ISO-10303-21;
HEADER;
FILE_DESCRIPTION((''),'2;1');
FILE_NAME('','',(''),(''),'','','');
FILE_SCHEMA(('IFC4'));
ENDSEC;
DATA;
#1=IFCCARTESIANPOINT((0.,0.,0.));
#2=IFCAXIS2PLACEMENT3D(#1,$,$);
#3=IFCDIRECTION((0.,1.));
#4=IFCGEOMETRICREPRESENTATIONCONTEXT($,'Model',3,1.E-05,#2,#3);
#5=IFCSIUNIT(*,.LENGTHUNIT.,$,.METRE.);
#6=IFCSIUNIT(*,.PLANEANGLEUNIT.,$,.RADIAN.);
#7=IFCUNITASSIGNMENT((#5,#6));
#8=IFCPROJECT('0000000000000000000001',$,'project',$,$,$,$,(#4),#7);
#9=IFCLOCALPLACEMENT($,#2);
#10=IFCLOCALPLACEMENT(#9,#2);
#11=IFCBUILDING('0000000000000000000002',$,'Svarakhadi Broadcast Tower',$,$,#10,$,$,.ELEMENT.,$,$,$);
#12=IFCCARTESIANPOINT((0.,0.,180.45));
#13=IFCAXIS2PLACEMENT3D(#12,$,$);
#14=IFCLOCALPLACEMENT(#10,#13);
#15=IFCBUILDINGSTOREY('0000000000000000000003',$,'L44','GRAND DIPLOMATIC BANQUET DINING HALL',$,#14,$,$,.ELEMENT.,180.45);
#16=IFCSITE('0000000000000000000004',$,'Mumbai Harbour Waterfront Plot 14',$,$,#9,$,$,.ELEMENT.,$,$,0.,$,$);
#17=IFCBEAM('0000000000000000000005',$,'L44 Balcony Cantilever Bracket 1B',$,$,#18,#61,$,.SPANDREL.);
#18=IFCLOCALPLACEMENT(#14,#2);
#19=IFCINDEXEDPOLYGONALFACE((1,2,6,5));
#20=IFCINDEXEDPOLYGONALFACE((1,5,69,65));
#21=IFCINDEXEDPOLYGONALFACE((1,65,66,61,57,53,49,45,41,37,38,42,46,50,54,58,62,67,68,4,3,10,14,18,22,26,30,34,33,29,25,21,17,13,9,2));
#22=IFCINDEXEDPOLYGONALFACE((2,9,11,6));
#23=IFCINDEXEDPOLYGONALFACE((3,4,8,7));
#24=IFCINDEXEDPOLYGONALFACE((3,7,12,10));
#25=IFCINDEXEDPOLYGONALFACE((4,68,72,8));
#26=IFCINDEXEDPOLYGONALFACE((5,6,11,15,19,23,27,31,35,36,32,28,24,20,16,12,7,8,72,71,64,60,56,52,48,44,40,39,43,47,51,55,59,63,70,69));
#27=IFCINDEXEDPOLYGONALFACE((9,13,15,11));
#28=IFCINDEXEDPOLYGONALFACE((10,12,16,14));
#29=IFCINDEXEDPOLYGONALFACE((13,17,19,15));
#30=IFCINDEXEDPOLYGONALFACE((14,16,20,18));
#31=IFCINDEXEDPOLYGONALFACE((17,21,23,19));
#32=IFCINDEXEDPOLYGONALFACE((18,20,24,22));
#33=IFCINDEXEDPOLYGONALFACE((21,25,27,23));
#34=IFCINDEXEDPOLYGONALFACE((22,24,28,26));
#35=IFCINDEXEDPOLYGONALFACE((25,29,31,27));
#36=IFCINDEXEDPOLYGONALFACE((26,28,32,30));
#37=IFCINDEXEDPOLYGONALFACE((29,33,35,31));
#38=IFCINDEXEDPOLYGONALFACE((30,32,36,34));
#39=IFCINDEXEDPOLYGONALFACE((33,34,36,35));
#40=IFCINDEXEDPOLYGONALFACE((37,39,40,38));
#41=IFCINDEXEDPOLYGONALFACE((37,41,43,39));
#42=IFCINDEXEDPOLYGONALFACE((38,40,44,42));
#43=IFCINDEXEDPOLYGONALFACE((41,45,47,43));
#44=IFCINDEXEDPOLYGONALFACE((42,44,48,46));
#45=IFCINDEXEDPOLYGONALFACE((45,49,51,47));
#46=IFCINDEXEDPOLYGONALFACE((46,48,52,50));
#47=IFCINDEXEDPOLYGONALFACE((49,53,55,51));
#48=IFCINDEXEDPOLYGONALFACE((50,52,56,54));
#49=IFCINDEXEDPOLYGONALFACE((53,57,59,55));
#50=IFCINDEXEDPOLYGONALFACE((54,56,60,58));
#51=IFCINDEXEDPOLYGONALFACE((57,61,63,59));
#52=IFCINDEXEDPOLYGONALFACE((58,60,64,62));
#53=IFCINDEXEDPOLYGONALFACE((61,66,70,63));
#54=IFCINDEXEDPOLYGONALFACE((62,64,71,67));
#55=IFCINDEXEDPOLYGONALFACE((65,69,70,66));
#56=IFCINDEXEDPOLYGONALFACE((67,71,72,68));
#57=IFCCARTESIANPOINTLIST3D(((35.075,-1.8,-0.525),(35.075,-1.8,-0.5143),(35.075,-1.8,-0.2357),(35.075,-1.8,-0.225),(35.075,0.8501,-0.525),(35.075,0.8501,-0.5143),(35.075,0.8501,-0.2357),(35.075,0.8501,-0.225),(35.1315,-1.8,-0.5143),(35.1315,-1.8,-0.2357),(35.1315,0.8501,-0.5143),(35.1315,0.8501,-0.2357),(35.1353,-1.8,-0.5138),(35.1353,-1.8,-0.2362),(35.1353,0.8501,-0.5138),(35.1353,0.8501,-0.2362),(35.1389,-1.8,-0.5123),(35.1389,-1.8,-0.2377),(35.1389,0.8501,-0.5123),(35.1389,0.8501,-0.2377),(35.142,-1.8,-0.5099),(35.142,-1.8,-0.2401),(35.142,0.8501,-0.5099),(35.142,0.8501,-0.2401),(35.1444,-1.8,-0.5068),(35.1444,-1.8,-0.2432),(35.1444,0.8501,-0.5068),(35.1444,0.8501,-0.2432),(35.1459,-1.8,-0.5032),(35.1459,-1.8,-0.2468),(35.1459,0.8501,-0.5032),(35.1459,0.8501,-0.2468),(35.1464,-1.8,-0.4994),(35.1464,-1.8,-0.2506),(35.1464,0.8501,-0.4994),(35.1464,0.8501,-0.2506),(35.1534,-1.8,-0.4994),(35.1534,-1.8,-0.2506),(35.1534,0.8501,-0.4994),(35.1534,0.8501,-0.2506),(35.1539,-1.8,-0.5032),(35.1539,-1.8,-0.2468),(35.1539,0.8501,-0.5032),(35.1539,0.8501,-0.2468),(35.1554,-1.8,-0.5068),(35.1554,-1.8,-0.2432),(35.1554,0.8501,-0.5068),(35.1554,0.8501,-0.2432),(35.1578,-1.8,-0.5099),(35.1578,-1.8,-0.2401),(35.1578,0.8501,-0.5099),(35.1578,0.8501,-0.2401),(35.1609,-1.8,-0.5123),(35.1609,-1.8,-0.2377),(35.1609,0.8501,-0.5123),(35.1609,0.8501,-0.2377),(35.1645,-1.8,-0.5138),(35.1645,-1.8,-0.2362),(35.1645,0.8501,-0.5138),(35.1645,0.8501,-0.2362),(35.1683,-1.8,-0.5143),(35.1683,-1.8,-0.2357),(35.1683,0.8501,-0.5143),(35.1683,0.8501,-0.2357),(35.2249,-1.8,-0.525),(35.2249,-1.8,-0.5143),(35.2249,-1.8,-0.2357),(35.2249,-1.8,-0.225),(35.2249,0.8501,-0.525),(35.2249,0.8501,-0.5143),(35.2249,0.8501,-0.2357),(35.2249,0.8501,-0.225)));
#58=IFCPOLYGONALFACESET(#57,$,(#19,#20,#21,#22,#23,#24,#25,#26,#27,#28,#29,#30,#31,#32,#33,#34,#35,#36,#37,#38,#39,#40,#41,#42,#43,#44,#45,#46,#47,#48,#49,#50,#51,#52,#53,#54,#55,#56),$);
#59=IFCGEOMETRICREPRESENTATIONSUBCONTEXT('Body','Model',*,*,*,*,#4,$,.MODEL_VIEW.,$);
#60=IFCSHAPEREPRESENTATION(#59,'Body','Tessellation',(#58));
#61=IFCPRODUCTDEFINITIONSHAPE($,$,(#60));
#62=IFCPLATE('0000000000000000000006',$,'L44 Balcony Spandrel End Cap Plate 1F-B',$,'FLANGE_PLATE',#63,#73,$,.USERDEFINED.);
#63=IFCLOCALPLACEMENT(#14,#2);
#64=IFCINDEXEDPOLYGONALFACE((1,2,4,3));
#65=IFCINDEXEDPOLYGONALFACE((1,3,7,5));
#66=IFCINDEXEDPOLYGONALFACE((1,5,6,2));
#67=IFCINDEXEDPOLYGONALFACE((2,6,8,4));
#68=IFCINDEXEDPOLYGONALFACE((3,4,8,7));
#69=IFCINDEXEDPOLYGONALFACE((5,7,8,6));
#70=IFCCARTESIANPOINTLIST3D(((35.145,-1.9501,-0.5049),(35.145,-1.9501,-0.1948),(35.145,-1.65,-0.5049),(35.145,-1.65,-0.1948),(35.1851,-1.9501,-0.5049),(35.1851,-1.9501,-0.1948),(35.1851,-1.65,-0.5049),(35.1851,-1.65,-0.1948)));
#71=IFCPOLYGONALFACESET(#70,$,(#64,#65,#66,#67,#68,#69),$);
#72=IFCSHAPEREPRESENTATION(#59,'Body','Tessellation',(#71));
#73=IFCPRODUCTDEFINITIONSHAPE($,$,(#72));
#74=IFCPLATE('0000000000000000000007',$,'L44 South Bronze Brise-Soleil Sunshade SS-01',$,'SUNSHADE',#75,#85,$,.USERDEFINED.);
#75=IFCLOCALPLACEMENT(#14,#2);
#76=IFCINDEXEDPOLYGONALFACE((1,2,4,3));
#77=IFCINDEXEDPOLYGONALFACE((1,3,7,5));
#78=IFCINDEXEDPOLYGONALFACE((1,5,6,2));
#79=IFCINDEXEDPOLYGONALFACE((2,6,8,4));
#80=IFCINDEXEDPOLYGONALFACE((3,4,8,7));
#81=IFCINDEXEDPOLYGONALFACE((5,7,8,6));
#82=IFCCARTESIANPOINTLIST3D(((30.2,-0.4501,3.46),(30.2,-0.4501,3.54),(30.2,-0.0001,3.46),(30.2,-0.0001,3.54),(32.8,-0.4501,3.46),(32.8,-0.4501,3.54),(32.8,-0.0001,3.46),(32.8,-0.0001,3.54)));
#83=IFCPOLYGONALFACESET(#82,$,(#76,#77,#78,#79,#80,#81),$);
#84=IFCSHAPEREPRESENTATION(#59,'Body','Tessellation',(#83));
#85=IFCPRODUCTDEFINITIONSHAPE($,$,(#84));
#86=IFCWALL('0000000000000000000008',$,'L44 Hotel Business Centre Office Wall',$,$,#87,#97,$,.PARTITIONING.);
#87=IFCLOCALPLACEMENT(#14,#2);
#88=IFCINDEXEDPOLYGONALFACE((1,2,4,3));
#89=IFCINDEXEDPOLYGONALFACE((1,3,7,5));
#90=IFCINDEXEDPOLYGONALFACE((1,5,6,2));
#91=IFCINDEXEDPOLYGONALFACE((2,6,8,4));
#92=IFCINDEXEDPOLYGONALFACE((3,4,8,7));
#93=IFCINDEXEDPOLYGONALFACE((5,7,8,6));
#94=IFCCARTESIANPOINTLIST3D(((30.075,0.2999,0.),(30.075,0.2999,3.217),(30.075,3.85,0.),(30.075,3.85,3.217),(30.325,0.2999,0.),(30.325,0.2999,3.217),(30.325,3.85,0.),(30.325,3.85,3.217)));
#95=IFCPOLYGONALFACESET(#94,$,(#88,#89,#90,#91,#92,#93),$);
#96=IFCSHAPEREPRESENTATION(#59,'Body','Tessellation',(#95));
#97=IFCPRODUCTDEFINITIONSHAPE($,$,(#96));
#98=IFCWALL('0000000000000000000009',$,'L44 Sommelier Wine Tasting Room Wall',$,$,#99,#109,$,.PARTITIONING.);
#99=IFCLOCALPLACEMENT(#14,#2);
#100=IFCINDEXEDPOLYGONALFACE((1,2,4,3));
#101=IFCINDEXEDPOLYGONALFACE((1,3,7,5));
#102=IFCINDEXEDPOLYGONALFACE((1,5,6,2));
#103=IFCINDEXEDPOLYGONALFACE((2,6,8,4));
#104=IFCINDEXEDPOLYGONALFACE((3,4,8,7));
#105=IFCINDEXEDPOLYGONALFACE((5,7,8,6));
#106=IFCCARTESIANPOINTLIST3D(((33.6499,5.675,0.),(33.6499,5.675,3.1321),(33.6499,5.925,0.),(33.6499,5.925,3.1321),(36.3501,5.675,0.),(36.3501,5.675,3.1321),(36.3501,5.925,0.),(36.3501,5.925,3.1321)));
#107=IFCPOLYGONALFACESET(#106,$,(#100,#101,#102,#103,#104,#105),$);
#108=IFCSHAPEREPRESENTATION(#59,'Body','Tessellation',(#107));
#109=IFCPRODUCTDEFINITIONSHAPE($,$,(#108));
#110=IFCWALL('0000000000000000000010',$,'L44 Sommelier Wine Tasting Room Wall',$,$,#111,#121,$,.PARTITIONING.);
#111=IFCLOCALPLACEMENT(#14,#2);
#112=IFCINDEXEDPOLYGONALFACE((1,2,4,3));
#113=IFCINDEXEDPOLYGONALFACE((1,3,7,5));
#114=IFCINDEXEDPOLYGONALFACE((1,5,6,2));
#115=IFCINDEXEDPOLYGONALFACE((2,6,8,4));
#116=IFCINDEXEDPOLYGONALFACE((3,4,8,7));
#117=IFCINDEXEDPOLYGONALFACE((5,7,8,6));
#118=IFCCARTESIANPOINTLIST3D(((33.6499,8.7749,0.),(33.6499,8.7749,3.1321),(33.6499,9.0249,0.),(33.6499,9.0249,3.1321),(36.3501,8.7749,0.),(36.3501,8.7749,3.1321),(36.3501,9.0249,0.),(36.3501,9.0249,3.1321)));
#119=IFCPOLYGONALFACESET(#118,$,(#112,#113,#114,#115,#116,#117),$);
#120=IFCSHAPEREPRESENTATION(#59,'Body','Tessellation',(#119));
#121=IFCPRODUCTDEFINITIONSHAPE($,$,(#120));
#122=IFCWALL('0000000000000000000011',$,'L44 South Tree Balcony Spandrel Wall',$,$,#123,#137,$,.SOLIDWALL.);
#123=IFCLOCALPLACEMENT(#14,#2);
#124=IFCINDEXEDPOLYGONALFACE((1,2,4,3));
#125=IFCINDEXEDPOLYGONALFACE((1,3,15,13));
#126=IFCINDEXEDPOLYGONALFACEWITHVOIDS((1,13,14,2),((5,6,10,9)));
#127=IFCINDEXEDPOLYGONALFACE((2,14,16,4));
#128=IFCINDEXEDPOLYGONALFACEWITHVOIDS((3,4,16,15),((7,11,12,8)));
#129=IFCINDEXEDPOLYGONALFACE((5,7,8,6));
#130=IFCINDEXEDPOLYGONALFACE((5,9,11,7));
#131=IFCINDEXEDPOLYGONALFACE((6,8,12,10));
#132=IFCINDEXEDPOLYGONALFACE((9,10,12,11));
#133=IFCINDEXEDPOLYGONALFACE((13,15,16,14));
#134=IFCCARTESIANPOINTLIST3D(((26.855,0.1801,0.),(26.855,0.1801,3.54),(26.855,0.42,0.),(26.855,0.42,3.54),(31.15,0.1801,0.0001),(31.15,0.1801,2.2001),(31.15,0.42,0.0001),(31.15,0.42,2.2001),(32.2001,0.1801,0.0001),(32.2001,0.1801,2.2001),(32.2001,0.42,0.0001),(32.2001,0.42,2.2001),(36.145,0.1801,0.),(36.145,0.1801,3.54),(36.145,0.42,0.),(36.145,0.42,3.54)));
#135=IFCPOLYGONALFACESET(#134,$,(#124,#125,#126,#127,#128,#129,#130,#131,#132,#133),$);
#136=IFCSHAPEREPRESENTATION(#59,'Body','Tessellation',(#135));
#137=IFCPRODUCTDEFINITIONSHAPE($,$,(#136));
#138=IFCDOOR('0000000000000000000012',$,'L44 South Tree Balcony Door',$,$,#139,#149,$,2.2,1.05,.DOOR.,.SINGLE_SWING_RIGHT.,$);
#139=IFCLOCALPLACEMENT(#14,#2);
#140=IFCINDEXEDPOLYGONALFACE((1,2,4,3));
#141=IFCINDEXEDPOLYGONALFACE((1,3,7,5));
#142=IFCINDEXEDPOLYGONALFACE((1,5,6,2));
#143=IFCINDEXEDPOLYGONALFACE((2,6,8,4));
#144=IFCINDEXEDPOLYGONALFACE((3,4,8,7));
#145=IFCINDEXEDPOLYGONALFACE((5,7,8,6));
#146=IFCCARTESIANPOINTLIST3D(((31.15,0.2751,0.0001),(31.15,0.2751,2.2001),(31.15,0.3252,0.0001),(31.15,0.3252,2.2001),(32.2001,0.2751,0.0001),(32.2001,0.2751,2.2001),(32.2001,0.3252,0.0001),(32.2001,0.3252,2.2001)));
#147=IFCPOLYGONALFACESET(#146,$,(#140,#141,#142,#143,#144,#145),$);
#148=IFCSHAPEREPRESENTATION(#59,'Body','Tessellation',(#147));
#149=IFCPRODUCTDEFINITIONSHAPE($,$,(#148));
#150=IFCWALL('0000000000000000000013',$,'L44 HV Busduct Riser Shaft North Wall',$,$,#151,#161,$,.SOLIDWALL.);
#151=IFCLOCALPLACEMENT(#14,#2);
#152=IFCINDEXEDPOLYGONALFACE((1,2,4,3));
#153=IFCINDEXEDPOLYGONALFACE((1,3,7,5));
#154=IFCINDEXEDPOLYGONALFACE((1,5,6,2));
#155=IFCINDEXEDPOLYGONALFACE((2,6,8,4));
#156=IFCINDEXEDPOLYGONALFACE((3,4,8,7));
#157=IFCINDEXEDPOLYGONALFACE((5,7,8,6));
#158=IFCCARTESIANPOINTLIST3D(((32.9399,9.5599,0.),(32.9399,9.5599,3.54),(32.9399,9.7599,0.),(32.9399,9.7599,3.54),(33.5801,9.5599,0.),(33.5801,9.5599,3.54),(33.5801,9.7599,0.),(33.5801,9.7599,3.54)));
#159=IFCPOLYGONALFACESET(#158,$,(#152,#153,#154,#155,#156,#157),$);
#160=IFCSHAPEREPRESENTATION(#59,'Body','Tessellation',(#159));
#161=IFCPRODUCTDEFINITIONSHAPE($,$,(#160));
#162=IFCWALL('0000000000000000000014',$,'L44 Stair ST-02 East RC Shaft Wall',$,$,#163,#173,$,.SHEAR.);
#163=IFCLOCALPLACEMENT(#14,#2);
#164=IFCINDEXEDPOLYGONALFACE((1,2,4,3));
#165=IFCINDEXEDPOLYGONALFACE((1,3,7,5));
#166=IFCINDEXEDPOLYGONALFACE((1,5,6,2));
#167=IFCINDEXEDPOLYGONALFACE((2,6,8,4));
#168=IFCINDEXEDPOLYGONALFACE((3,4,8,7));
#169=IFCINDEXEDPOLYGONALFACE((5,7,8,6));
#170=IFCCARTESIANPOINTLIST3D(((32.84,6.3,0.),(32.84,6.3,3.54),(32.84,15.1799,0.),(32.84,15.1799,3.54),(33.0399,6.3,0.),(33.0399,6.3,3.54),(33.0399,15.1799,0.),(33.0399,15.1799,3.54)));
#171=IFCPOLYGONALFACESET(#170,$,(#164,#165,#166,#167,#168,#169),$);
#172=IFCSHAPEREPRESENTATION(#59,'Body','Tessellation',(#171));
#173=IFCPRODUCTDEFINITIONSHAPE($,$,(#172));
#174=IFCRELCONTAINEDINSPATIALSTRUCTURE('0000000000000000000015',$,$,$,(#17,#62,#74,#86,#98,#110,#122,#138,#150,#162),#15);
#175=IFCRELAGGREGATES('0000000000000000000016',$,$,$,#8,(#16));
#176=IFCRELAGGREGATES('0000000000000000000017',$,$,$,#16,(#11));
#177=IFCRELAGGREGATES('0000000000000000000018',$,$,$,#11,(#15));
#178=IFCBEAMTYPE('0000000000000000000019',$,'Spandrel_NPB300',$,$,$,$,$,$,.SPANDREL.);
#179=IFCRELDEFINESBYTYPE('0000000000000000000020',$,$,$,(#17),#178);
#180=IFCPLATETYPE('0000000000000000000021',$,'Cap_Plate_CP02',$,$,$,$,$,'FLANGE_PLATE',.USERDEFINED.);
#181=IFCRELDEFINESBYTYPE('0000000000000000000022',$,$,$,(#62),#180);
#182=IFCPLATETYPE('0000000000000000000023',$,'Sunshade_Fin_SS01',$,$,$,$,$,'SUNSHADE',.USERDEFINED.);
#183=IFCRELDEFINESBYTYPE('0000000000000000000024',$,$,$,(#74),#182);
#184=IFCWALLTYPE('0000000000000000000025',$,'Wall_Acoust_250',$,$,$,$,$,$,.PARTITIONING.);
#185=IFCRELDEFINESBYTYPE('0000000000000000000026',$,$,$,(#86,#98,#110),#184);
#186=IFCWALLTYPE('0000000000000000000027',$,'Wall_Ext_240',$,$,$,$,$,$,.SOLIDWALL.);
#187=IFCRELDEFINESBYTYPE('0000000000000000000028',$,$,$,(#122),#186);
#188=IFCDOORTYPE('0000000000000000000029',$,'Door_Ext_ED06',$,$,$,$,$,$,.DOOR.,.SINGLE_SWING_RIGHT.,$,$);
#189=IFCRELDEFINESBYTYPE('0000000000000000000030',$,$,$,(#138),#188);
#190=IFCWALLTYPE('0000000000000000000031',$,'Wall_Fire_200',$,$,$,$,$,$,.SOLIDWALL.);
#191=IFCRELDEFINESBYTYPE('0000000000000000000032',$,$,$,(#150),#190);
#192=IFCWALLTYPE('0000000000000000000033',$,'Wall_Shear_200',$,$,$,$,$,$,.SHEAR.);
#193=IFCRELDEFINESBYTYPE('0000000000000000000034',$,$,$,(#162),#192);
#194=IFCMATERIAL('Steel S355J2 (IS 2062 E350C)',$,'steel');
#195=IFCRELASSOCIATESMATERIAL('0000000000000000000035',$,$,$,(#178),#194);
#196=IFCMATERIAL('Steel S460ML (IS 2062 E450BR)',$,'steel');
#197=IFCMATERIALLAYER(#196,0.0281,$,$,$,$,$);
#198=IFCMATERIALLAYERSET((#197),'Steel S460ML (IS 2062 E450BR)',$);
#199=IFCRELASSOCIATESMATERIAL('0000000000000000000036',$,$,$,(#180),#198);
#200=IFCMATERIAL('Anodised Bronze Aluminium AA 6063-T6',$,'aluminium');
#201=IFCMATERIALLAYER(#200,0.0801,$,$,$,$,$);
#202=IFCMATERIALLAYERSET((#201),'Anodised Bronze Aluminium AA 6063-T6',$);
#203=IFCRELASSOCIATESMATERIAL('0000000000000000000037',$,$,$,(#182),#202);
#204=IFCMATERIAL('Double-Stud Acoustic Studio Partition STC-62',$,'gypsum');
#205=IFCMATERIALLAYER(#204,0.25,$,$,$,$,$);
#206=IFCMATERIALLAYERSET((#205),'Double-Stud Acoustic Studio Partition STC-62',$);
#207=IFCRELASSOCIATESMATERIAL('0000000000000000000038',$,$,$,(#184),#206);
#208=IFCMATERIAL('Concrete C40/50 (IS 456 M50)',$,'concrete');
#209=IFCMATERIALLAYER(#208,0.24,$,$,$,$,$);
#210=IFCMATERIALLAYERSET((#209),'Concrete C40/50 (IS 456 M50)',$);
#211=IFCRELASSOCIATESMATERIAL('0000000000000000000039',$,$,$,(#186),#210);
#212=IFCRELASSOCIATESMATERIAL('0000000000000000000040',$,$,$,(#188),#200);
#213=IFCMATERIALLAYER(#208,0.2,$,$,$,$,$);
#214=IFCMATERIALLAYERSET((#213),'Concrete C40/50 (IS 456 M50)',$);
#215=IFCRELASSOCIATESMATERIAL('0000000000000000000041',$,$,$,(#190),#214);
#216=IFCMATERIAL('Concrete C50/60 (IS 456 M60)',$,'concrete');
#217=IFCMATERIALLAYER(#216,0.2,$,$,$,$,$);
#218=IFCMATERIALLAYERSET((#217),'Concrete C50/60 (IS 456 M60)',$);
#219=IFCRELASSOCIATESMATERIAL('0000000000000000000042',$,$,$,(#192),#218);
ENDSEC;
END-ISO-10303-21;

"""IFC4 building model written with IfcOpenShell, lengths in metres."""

from ifc_helpers import new_model, si_unit, direction, frame, frame_2d, origin, origin_2d, place, context, subcontext, project, spatial, rectangle, i_section, extrude, material, layer, layer_set, material_profile, profile_set, type_object, element, fill, save


model = new_model("IFC4")

# Units and contexts
model_context = context("Model", 3, precision=1e-05, world=origin(), true_north=direction((0.0, 1.0)))
body_context = subcontext(model_context, "Body", "Model", "MODEL_VIEW")
ifc_project = project(units=[si_unit("LENGTHUNIT", "METRE"), si_unit("PLANEANGLEUNIT", "RADIAN")], contexts=[model_context])

# Site, building, storey
site_placement = place(None, origin())
site = spatial("IfcSite", under=ifc_project, at=site_placement, Name="Mumbai Harbour Waterfront Plot 14", CompositionType="ELEMENT", RefElevation=0.0)
building_placement = place(site_placement, origin())
building = spatial("IfcBuilding", under=site, at=building_placement, Name="Svarakhadi Broadcast Tower", CompositionType="ELEMENT")
storey_placement = place(building_placement, frame((0.0, 0.0, 180.45)))
storey = spatial("IfcBuildingStorey", under=building, at=storey_placement, Name="L44", Description="GRAND DIPLOMATIC BANQUET DINING HALL", CompositionType="ELEMENT", Elevation=180.45)

# Shared definitions
ifc_material_1 = material(Name="Concrete C50/60 (IS 456 M60)", Category="concrete")
ifc_material_2 = material(Name="Steel S460ML (IS 2062 E450BR)", Category="steel")

# Shared definitions
ifc_material_3 = material(Name="Steel S355J2 (IS 2062 E350C)", Category="steel")

# Shared definitions
ifc_material_4 = material(Name="Anodised Bronze Aluminium AA 6063-T6", Category="aluminium")

# Beam
ifc_material_profile_1 = material_profile(ifc_material_3, i_section(OverallWidth=0.1499, OverallDepth=0.3, WebThickness=0.0071, FlangeThickness=0.0107, FilletRadius=0.0149, at=origin_2d()), Name="NPB 300x150x37")
ifc_profile_set_1 = profile_set([ifc_material_profile_1], Name="Steel S355J2 (IS 2062 E350C)")
beam_type_1 = type_object("IfcBeamType", Name="Spandrel_NPB300", PredefinedType="SPANDREL", material=ifc_profile_set_1)
beam_1_placement = place(storey_placement, frame((35.1499, 0.8501, -0.375), z_axis=(0.0, -1.0, 0.0), x_axis=(1.0, 0.0, 0.0)))
element("IfcBeam", 1, at=beam_1_placement, inside=storey, type_object=beam_type_1, Name="L44 Balcony Cantilever Bracket 1B", PredefinedType="SPANDREL", context=body_context, shape_type="SweptSolid", body=[
    extrude(i_section(OverallWidth=0.1499, OverallDepth=0.3, WebThickness=0.0071, FlangeThickness=0.0107, FilletRadius=0.0149, at=origin_2d()), origin(), (0.0, 0.0, 1.0), 2.6501),
])

# Plates
ifc_layer_1 = layer(ifc_material_2, 0.0281)
ifc_layer_set_1 = layer_set([ifc_layer_1], Name="Steel S460ML (IS 2062 E450BR)")
plate_type_1 = type_object("IfcPlateType", Name="Cap_Plate_CP02", ElementType="FLANGE_PLATE", PredefinedType="USERDEFINED", material=ifc_layer_set_1)
plate_1_placement = place(storey_placement, frame((35.165, -1.8, -0.5049), z_axis=(0.0, 0.0, 1.0), x_axis=(1.0, 0.0, 0.0)))
element("IfcPlate", 2, at=plate_1_placement, inside=storey, type_object=plate_type_1, Name="L44 Balcony Spandrel End Cap Plate 1F-B", ObjectType="FLANGE_PLATE", PredefinedType="USERDEFINED", context=body_context, shape_type="SweptSolid", body=[
    extrude(rectangle(XDim=0.04, YDim=0.3, at=origin_2d()), origin(), (0.0, 0.0, 1.0), 0.3101),
])
ifc_layer_2 = layer(ifc_material_4, 0.0801)
ifc_layer_set_2 = layer_set([ifc_layer_2], Name="Anodised Bronze Aluminium AA 6063-T6")
plate_type_2 = type_object("IfcPlateType", Name="Sunshade_Fin_SS01", ElementType="SUNSHADE", PredefinedType="USERDEFINED", material=ifc_layer_set_2)
plate_2_placement = place(storey_placement, frame((31.5, -0.2251, 3.46), z_axis=(0.0, 0.0, 1.0), x_axis=(1.0, 0.0, 0.0)))
element("IfcPlate", 3, at=plate_2_placement, inside=storey, type_object=plate_type_2, Name="L44 South Bronze Brise-Soleil Sunshade SS-01", ObjectType="SUNSHADE", PredefinedType="USERDEFINED", context=body_context, shape_type="SweptSolid", body=[
    extrude(rectangle(XDim=2.6001, YDim=0.45, at=origin_2d()), origin(), (0.0, 0.0, 1.0), 0.0801),
])

# Walls
ifc_material_5 = material(Name="Double-Stud Acoustic Studio Partition STC-62", Category="gypsum")
ifc_layer_3 = layer(ifc_material_5, 0.25)
ifc_layer_set_3 = layer_set([ifc_layer_3], Name="Double-Stud Acoustic Studio Partition STC-62")
wall_type_1 = type_object("IfcWallType", Name="Wall_Acoust_250", PredefinedType="PARTITIONING", material=ifc_layer_set_3)
wall_1_placement = place(storey_placement, frame((30.2, 0.3, 0.0), z_axis=(0.0, 0.0, 1.0), x_axis=(0.0, 1.0, 0.0)))
element("IfcWall", 4, at=wall_1_placement, inside=storey, type_object=wall_type_1, Name="L44 Hotel Business Centre Office Wall", PredefinedType="PARTITIONING", context=body_context, shape_type="SweptSolid", body=[
    extrude(rectangle(XDim=3.55, YDim=0.25, at=frame_2d((1.7749, 0.0))), origin(), (0.0, 0.0, 1.0), 3.217),
])
for number, where, z_axis, x_axis, name in (
    (5, (33.6499, 5.8, 0.0), (0.0, 0.0, 1.0), (1.0, 0.0, 0.0), "L44 Sommelier Wine Tasting Room Wall"),
    (6, (33.6499, 8.8999, 0.0), (0.0, 0.0, 1.0), (1.0, 0.0, 0.0), "L44 Sommelier Wine Tasting Room Wall"),
):
    element("IfcWall", number, at=place(storey_placement, frame(where, z_axis=z_axis, x_axis=x_axis)), inside=storey, type_object=wall_type_1, Name=name, PredefinedType="PARTITIONING", context=body_context, shape_type="SweptSolid", body=[
        extrude(rectangle(XDim=2.7002, YDim=0.25, at=frame_2d((1.3501, 0.0))), origin(), (0.0, 0.0, 1.0), 3.1321),
    ])

# Wall, opening, door
ifc_material_6 = material(Name="Concrete C40/50 (IS 456 M50)", Category="concrete")
ifc_layer_4 = layer(ifc_material_6, 0.24)
ifc_layer_set_4 = layer_set([ifc_layer_4], Name="Concrete C40/50 (IS 456 M50)")
wall_type_2 = type_object("IfcWallType", Name="Wall_Ext_240", PredefinedType="SOLIDWALL", material=ifc_layer_set_4)
wall_2_placement = place(storey_placement, frame((36.145, 0.3, 0.0), z_axis=(0.0, 0.0, 1.0), x_axis=(-1.0, 0.0, 0.0)))
wall_2 = element("IfcWall", 7, at=wall_2_placement, inside=storey, type_object=wall_type_2, Name="L44 South Tree Balcony Spandrel Wall", PredefinedType="SOLIDWALL", context=body_context, shape_type="SweptSolid", body=[
    extrude(rectangle(XDim=9.29, YDim=0.24, at=frame_2d((4.645, 0.0))), origin(), (0.0, 0.0, 1.0), 3.54),
])
opening_1_placement = place(wall_2_placement, frame((3.9451, 0.0, 0.0)))
opening_1 = element("IfcOpeningElement", 8, at=opening_1_placement, cuts=wall_2, PredefinedType="OPENING", context=body_context, shape_type="SweptSolid", body=[
    extrude(rectangle(XDim=1.05, YDim=2.2, at=frame_2d((0.5249, 1.1001))), frame((0.0, 0.1299, 0.0), z_axis=(0.0, -1.0, 0.0), x_axis=(1.0, 0.0, 0.0)), (0.0, 0.0, 1.0), 0.26),
])
door_type_1 = type_object("IfcDoorType", Name="Door_Ext_ED06", OperationType="SINGLE_SWING_RIGHT", PredefinedType="DOOR", material=ifc_material_4)
door_1_placement = place(opening_1_placement, origin())
door_1 = element("IfcDoor", 9, at=door_1_placement, inside=storey, type_object=door_type_1, Name="L44 South Tree Balcony Door", OperationType="SINGLE_SWING_RIGHT", OverallHeight=2.2, OverallWidth=1.05, PredefinedType="DOOR", context=body_context, shape_type="SweptSolid", body=[
    extrude(rectangle(XDim=1.05, YDim=2.2, at=frame_2d((0.5249, 1.1001))), frame((0.0, 0.0249, 0.0), z_axis=(0.0, -1.0, 0.0), x_axis=(1.0, 0.0, 0.0)), (0.0, 0.0, 1.0), 0.05),
])
fill(opening_1, door_1)

# Walls
ifc_layer_5 = layer(ifc_material_6, 0.2)
ifc_layer_set_5 = layer_set([ifc_layer_5], Name="Concrete C40/50 (IS 456 M50)")
wall_type_3 = type_object("IfcWallType", Name="Wall_Fire_200", PredefinedType="SOLIDWALL", material=ifc_layer_set_5)
wall_3_placement = place(storey_placement, frame((32.9399, 9.6599, 0.0), z_axis=(0.0, 0.0, 1.0), x_axis=(1.0, 0.0, 0.0)))
element("IfcWall", 10, at=wall_3_placement, inside=storey, type_object=wall_type_3, Name="L44 HV Busduct Riser Shaft North Wall", PredefinedType="SOLIDWALL", context=body_context, shape_type="SweptSolid", body=[
    extrude(rectangle(XDim=0.6401, YDim=0.2, at=frame_2d((0.3201, 0.0))), origin(), (0.0, 0.0, 1.0), 3.54),
])
ifc_layer_6 = layer(ifc_material_1, 0.2)
ifc_layer_set_6 = layer_set([ifc_layer_6], Name="Concrete C50/60 (IS 456 M60)")
wall_type_4 = type_object("IfcWallType", Name="Wall_Shear_200", PredefinedType="SHEAR", material=ifc_layer_set_6)
wall_4_placement = place(storey_placement, frame((32.9399, 6.3, 0.0), z_axis=(0.0, 0.0, 1.0), x_axis=(0.0, 1.0, 0.0)))
element("IfcWall", 11, at=wall_4_placement, inside=storey, type_object=wall_type_4, Name="L44 Stair ST-02 East RC Shaft Wall", PredefinedType="SHEAR", context=body_context, shape_type="SweptSolid", body=[
    extrude(rectangle(XDim=8.8799, YDim=0.2, at=frame_2d((4.4399, 0.0))), origin(), (0.0, 0.0, 1.0), 3.54),
])

save(model, "model.ifc")
